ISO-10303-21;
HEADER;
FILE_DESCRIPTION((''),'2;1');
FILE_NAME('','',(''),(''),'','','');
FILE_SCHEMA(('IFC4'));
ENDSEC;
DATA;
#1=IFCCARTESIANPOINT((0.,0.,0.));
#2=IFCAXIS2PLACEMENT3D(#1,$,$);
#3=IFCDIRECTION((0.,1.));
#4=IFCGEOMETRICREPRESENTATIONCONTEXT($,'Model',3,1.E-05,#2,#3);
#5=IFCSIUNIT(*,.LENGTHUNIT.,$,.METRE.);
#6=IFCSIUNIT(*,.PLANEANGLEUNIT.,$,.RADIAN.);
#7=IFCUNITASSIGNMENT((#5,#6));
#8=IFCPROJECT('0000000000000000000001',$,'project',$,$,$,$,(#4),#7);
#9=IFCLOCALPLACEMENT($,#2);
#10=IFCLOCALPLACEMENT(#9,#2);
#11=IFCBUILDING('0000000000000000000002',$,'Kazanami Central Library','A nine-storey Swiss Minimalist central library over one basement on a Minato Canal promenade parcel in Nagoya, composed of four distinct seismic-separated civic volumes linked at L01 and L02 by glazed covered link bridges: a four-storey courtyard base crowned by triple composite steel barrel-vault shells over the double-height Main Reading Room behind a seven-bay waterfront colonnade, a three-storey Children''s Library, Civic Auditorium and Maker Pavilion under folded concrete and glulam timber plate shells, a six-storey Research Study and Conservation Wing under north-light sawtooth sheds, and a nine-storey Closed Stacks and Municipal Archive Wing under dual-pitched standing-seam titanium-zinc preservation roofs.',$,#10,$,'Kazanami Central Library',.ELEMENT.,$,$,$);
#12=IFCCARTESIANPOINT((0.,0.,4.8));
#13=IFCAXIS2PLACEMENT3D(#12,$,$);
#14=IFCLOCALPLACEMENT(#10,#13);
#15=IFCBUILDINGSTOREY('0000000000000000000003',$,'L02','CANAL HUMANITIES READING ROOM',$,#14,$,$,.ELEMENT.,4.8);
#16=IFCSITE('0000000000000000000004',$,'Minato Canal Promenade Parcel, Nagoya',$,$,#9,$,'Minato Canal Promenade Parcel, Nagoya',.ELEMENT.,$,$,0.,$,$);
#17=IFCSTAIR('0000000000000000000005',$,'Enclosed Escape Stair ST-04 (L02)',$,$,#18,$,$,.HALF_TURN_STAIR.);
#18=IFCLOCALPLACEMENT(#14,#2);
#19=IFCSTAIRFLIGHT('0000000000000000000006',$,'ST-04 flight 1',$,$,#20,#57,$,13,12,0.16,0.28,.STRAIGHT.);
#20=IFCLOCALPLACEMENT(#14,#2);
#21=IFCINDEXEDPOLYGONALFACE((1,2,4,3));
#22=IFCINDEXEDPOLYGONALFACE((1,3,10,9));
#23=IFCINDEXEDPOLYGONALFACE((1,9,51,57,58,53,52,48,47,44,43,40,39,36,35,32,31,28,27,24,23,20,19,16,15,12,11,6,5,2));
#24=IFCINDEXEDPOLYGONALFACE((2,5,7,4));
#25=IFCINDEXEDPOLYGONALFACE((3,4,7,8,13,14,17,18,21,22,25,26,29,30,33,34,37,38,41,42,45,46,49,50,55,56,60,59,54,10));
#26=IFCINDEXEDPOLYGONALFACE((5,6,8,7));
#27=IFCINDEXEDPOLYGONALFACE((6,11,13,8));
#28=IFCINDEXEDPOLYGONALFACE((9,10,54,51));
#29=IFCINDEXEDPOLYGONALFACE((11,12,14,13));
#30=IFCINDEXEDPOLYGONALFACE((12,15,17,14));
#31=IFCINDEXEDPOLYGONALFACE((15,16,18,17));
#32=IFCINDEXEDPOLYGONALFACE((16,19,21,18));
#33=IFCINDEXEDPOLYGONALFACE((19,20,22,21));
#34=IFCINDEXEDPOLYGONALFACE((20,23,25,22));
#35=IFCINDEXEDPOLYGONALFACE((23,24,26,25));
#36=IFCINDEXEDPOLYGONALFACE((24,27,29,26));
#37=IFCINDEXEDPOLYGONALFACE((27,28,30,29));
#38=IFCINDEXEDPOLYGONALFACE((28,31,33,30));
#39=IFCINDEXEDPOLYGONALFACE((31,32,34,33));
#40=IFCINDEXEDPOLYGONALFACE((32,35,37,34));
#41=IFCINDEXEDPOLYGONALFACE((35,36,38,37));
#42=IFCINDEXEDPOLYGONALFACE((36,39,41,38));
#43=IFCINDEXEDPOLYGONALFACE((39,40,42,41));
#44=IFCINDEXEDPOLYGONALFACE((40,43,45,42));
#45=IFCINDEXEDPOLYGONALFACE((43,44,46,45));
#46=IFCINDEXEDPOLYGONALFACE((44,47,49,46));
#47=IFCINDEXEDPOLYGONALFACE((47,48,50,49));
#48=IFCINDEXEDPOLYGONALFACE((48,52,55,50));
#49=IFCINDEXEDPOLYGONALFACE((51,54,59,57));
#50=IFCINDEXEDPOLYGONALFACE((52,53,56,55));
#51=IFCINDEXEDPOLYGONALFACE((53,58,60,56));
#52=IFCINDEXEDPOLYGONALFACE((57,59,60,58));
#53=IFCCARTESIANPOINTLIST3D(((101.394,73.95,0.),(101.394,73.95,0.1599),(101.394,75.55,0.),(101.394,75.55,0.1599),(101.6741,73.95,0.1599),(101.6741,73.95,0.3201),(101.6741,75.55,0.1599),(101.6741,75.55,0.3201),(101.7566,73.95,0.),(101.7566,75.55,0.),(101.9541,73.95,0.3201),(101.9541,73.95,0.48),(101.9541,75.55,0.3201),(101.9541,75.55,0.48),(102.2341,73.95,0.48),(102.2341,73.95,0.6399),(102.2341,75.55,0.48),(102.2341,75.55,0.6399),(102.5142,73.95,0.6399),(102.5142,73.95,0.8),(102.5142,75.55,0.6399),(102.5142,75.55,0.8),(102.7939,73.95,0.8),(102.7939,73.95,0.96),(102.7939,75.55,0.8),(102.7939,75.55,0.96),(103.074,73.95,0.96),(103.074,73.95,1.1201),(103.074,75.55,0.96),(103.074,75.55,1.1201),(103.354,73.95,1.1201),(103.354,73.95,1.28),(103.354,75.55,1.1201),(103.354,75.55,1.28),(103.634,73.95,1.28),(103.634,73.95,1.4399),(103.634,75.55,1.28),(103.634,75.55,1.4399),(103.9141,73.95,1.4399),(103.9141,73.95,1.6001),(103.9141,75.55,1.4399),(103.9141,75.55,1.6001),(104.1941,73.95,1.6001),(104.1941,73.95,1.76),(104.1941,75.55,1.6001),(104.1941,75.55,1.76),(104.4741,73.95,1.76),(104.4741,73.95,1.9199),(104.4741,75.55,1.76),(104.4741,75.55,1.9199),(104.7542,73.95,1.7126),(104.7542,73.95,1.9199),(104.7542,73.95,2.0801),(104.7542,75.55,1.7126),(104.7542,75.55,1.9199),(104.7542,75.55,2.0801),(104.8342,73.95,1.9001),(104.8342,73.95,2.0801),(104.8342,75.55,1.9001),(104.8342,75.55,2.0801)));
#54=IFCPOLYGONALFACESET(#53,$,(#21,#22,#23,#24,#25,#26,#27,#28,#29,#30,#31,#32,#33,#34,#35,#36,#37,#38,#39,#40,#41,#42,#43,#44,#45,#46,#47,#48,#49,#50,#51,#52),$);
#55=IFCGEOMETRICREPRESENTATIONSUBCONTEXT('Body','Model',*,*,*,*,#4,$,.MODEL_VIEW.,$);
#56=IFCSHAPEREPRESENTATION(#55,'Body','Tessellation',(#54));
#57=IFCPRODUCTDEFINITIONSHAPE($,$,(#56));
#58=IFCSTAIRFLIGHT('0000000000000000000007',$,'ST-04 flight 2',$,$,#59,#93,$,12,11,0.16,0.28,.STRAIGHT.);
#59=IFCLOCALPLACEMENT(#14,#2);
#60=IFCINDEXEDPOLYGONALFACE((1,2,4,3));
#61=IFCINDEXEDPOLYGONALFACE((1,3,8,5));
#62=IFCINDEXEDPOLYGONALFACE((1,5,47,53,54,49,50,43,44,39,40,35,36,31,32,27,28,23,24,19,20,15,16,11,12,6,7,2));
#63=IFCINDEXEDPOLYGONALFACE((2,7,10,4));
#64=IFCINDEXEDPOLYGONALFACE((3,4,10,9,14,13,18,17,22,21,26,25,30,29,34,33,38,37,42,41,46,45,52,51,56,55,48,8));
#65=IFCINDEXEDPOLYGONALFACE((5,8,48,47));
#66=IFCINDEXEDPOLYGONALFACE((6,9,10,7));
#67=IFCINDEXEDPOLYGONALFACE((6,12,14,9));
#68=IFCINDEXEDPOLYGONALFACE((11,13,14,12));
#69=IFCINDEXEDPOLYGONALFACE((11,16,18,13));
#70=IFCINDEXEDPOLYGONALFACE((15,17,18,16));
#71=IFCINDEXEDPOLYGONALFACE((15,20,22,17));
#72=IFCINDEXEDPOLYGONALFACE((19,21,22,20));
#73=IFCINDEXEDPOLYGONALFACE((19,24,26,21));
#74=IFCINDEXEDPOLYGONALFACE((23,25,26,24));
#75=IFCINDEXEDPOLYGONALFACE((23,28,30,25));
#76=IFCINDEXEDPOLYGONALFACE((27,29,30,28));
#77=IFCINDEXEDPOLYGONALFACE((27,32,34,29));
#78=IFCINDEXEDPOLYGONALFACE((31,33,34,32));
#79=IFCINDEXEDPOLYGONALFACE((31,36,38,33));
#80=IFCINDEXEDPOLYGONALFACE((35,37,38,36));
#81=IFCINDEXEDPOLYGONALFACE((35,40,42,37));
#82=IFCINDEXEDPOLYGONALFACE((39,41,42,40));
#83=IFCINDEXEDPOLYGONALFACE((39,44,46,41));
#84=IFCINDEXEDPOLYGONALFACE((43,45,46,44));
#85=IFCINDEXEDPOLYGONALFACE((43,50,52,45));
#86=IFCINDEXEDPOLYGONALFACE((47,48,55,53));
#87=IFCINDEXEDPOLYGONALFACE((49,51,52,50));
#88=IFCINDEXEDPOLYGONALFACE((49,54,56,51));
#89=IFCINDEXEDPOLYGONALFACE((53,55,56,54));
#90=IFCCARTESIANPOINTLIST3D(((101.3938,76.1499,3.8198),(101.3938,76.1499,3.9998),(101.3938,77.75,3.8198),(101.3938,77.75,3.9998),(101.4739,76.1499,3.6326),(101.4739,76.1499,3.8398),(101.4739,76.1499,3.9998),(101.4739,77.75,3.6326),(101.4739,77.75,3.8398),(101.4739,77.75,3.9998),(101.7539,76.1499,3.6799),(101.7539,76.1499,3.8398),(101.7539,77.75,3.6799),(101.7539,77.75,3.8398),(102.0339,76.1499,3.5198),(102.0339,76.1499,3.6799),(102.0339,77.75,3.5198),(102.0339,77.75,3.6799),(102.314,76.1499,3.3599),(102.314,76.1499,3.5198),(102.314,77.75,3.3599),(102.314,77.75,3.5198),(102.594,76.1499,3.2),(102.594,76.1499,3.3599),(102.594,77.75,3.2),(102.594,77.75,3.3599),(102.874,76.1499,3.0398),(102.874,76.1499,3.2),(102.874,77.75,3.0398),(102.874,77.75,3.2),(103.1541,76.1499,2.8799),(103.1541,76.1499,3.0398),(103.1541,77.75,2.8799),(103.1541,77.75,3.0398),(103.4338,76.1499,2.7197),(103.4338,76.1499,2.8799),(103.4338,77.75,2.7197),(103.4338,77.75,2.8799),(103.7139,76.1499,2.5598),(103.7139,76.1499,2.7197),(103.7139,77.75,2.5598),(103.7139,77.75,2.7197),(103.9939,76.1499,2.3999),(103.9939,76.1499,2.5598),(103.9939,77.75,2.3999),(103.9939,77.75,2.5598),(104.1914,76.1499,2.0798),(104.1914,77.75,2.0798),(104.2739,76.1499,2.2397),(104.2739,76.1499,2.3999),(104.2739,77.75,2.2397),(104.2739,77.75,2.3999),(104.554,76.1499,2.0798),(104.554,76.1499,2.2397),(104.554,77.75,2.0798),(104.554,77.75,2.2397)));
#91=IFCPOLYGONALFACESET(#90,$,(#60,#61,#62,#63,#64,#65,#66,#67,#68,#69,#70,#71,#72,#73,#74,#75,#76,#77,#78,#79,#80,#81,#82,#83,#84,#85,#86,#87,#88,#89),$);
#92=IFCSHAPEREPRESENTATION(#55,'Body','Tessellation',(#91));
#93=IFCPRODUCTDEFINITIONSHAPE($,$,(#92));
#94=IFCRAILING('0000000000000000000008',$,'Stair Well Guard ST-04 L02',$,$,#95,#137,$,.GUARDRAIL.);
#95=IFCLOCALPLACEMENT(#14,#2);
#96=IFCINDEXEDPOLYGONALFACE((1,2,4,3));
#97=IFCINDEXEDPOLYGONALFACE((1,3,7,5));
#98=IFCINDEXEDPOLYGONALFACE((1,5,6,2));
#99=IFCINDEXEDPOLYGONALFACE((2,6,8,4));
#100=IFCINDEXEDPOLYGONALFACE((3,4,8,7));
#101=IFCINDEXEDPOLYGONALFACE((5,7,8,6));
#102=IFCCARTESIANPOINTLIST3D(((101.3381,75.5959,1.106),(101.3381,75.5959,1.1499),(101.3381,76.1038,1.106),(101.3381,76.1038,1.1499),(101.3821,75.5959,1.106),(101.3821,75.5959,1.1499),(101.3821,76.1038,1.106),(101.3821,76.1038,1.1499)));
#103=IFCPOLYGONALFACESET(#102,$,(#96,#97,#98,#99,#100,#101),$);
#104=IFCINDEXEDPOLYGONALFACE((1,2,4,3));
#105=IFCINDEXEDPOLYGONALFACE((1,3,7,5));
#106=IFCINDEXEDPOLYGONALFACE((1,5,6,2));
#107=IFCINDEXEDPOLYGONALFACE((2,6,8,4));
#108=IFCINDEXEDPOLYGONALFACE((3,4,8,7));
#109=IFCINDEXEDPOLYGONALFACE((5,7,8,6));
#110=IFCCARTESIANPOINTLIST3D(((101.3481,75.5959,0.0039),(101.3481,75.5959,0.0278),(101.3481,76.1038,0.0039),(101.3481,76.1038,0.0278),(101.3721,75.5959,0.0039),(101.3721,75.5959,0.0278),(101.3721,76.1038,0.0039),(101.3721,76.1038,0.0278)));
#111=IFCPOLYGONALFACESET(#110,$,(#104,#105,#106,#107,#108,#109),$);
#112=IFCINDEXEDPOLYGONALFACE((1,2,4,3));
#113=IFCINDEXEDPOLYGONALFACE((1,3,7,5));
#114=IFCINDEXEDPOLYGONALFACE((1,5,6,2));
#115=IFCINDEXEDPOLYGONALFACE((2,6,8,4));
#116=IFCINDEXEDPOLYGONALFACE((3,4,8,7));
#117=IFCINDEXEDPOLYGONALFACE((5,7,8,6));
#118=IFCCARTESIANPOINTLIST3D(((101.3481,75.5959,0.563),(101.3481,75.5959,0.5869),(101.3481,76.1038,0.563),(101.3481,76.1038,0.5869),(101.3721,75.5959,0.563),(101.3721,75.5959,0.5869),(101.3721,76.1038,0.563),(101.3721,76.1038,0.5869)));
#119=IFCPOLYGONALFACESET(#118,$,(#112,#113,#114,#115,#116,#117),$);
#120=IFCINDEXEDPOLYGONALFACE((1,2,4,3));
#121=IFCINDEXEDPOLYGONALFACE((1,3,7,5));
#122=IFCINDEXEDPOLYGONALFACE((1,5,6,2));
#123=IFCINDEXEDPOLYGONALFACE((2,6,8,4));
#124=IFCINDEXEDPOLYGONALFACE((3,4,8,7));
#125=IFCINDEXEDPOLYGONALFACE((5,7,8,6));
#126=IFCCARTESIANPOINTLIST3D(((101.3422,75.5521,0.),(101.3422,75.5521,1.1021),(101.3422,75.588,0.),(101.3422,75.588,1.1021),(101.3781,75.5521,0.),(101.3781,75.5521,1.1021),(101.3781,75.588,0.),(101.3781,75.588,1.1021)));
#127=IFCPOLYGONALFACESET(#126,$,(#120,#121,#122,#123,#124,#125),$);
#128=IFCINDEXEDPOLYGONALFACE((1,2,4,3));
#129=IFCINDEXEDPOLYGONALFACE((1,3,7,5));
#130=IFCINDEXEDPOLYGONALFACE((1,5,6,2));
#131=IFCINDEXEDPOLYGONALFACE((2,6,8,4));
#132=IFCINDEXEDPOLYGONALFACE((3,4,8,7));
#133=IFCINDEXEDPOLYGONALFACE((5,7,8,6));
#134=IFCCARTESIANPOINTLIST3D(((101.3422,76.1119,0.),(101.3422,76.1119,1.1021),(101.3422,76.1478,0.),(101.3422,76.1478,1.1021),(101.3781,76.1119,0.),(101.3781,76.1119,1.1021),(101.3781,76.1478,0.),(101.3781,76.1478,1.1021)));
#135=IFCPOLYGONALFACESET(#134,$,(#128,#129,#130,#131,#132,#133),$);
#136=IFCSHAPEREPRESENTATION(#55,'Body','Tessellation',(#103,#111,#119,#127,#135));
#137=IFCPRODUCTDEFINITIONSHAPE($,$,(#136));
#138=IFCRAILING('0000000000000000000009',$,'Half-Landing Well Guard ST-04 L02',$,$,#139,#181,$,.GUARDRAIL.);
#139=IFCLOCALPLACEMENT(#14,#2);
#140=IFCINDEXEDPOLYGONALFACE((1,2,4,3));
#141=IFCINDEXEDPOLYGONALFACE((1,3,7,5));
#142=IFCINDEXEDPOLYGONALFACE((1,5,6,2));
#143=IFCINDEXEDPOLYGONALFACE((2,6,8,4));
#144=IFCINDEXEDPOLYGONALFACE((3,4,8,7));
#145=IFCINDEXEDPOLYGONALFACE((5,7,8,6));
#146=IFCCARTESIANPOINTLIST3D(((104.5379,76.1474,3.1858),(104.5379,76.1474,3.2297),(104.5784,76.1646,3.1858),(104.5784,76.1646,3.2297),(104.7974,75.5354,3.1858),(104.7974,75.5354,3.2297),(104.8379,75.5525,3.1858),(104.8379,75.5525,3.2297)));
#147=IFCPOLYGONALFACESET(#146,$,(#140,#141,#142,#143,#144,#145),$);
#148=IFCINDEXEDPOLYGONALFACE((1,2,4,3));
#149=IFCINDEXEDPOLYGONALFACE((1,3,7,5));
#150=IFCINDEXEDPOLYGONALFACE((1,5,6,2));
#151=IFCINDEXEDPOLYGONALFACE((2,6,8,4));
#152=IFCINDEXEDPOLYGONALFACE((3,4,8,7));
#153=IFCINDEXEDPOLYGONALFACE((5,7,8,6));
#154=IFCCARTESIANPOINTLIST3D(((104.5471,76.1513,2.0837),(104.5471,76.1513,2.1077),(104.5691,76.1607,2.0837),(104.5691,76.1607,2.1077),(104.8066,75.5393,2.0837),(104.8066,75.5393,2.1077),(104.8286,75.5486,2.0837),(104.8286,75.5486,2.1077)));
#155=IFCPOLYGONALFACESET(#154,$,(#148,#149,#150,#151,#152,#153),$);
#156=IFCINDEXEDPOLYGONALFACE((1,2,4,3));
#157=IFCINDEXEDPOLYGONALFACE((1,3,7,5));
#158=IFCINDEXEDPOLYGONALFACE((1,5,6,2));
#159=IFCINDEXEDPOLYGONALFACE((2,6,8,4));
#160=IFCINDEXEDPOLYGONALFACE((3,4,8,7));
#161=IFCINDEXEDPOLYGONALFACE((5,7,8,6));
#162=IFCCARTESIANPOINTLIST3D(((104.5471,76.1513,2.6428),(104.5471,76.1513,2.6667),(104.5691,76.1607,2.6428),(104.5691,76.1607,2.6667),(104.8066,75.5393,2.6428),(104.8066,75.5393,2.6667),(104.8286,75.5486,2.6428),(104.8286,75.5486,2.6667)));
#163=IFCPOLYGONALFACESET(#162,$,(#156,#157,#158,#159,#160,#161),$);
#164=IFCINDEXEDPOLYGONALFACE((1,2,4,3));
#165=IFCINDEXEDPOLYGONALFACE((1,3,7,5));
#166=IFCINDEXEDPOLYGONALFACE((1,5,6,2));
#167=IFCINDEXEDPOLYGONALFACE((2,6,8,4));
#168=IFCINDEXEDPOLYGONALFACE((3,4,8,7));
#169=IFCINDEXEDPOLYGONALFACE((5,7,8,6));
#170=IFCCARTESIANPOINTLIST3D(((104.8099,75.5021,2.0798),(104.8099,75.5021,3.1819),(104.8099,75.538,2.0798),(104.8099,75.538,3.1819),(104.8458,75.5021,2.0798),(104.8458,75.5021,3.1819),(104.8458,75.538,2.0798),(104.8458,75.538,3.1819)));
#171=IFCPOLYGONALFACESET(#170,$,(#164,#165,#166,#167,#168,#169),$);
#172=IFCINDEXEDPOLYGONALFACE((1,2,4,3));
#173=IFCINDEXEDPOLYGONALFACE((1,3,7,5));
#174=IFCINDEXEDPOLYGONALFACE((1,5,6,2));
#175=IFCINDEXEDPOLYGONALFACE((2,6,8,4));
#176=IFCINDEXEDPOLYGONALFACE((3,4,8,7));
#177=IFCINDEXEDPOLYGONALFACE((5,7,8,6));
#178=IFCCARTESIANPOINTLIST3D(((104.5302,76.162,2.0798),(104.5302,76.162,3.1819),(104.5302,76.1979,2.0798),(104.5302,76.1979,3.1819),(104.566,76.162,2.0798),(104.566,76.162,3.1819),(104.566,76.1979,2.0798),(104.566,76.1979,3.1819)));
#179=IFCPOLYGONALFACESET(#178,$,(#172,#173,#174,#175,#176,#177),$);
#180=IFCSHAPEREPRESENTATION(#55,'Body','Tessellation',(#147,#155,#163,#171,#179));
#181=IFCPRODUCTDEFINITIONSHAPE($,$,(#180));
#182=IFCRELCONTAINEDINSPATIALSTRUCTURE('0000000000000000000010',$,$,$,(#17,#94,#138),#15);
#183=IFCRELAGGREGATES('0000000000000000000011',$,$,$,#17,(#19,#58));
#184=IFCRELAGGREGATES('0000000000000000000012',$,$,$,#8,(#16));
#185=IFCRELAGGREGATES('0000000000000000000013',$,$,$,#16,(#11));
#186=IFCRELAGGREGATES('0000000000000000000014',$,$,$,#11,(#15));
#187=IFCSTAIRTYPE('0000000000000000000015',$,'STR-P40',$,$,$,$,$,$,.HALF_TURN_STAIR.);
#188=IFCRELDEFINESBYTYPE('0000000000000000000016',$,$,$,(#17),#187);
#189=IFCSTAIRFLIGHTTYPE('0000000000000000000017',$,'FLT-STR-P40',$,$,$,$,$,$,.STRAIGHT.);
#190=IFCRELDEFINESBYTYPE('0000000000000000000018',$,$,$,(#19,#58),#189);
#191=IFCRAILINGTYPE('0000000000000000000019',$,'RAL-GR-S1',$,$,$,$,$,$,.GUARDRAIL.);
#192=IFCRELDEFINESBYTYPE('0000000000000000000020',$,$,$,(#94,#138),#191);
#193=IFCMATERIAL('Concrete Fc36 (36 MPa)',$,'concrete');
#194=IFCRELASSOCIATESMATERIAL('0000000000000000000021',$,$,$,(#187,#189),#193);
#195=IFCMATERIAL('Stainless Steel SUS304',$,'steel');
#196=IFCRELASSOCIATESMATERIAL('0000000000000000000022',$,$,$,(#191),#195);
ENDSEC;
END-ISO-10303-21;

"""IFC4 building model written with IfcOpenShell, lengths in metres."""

from ifc_helpers import new_model, si_unit, direction, frame, origin, origin_2d, place, context, subcontext, project, spatial, polyline, rectangle, outline, extrude, material, type_object, element, aggregate, save


model = new_model("IFC4")

# Units and contexts
model_context = context("Model", 3, precision=1e-05, world=origin(), true_north=direction((0.0, 1.0)))
body_context = subcontext(model_context, "Body", "Model", "MODEL_VIEW")
ifc_project = project(units=[si_unit("LENGTHUNIT", "METRE"), si_unit("PLANEANGLEUNIT", "RADIAN")], contexts=[model_context])

# Site, building, storey
site_placement = place(None, origin())
site = spatial("IfcSite", under=ifc_project, at=site_placement, Name="Minato Canal Promenade Parcel, Nagoya", LongName="Minato Canal Promenade Parcel, Nagoya", CompositionType="ELEMENT", RefElevation=0.0)
building_placement = place(site_placement, origin())
building = spatial("IfcBuilding", under=site, at=building_placement, Name="Kazanami Central Library", Description="A nine-storey Swiss Minimalist central library over one basement on a Minato Canal promenade parcel in Nagoya, composed of four distinct seismic-separated civic volumes linked at L01 and L02 by glazed covered link bridges: a four-storey courtyard base crowned by triple composite steel barrel-vault shells over the double-height Main Reading Room behind a seven-bay waterfront colonnade, a three-storey Children's Library, Civic Auditorium and Maker Pavilion under folded concrete and glulam timber plate shells, a six-storey Research Study and Conservation Wing under north-light sawtooth sheds, and a nine-storey Closed Stacks and Municipal Archive Wing under dual-pitched standing-seam titanium-zinc preservation roofs.", LongName="Kazanami Central Library", CompositionType="ELEMENT")
storey_placement = place(building_placement, frame((0.0, 0.0, 4.8)))
storey = spatial("IfcBuildingStorey", under=building, at=storey_placement, Name="L02", Description="CANAL HUMANITIES READING ROOM", CompositionType="ELEMENT", Elevation=4.8)

# Shared definitions
ifc_material_1 = material(Name="Concrete Fc36 (36 MPa)", Category="concrete")

# Shared definitions
ifc_material_2 = material(Name="Stainless Steel SUS304", Category="steel")

# Stair, stair flights
stair_type = type_object("IfcStairType", Name="STR-P40", PredefinedType="HALF_TURN_STAIR", material=ifc_material_1)
stair_placement = place(storey_placement, origin())
stair = element("IfcStair", 1, at=stair_placement, inside=storey, type_object=stair_type, Name="Enclosed Escape Stair ST-04 (L02)", PredefinedType="HALF_TURN_STAIR")
stair_flight_type = type_object("IfcStairFlightType", Name="FLT-STR-P40", PredefinedType="STRAIGHT", material=ifc_material_1)
stair_flight_1_placement = place(storey_placement, frame((101.394, 74.75, 0.0), z_axis=(0.0, 0.0, 1.0), x_axis=(1.0, 0.0, 0.0)))
stair_flight_1 = element("IfcStairFlight", 2, at=stair_flight_1_placement, type_object=stair_flight_type, Name="ST-04 flight 1", NumberOfRisers=13, NumberOfTreads=12, PredefinedType="STRAIGHT", RiserHeight=0.16, TreadLength=0.28, context=body_context, shape_type="SweptSolid", body=[
    extrude(outline(polyline([(0.0, 0.0), (0.0, 0.1599), (0.28, 0.1599), (0.28, 0.3201), (0.5601, 0.3201), (0.5601, 0.48), (0.8401, 0.48), (0.8401, 0.6399), (1.1201, 0.6399), (1.1201, 0.8), (1.3999, 0.8), (1.3999, 0.96), (1.6799, 0.96), (1.6799, 1.1201), (1.96, 1.1201), (1.96, 1.28), (2.24, 1.28), (2.24, 1.4399), (2.52, 1.4399), (2.52, 1.6001), (2.8, 1.6001), (2.8, 1.76), (3.0801, 1.76), (3.0801, 1.9199), (3.3601, 1.9199), (3.3601, 2.0801), (3.4402, 2.0801), (3.4402, 1.9001), (3.3601, 1.7126), (0.3625, 0.0), (0.0, 0.0)])), frame((0.0, 0.8, 0.0), z_axis=(0.0, -1.0, 0.0), x_axis=(1.0, 0.0, 0.0)), (0.0, 0.0, 1.0), 1.6001),
])
stair_flight_2_placement = place(storey_placement, frame((104.554, 76.95, 2.0798), z_axis=(0.0, 0.0, 1.0), x_axis=(-1.0, 0.0, 0.0)))
stair_flight_2 = element("IfcStairFlight", 3, at=stair_flight_2_placement, type_object=stair_flight_type, Name="ST-04 flight 2", NumberOfRisers=12, NumberOfTreads=11, PredefinedType="STRAIGHT", RiserHeight=0.16, TreadLength=0.28, context=body_context, shape_type="SweptSolid", body=[
    extrude(outline(polyline([(0.0, 0.0), (0.0, 0.1599), (0.28, 0.1599), (0.28, 0.3201), (0.5601, 0.3201), (0.5601, 0.48), (0.8401, 0.48), (0.8401, 0.6399), (1.1201, 0.6399), (1.1201, 0.8), (1.3999, 0.8), (1.3999, 0.96), (1.6799, 0.96), (1.6799, 1.1201), (1.96, 1.1201), (1.96, 1.28), (2.24, 1.28), (2.24, 1.4399), (2.52, 1.4399), (2.52, 1.6001), (2.8, 1.6001), (2.8, 1.76), (3.0801, 1.76), (3.0801, 1.9199), (3.1602, 1.9199), (3.1602, 1.74), (3.0801, 1.5527), (0.3625, 0.0), (0.0, 0.0)])), frame((0.0, 0.8, 0.0), z_axis=(0.0, -1.0, 0.0), x_axis=(1.0, 0.0, 0.0)), (0.0, 0.0, 1.0), 1.6001),
])
aggregate(stair, [stair_flight_1, stair_flight_2])

# Railings
railing_type_1 = type_object("IfcRailingType", Name="RAL-GR-S1", PredefinedType="GUARDRAIL", material=ifc_material_2)
railing_1_placement = place(storey_placement, frame((101.3601, 75.5701, 0.0)))
element("IfcRailing", 4, at=railing_1_placement, inside=storey, type_object=railing_type_1, Name="Stair Well Guard ST-04 L02", PredefinedType="GUARDRAIL", context=body_context, shape_type="SweptSolid", body=[
    extrude(rectangle(XDim=0.0439, YDim=0.0439, at=origin_2d()), frame((0.0, 0.0259, 1.1279), z_axis=(0.0, 1.0, 0.0), x_axis=(-1.0, 0.0, 0.0)), (0.0, 0.0, 1.0), 0.5078),
    extrude(rectangle(XDim=0.0239, YDim=0.0239, at=origin_2d()), frame((0.0, 0.0259, 0.0159), z_axis=(0.0, 1.0, 0.0), x_axis=(-1.0, 0.0, 0.0)), (0.0, 0.0, 1.0), 0.5078),
    extrude(rectangle(XDim=0.0239, YDim=0.0239, at=origin_2d()), frame((0.0, 0.0259, 0.575), z_axis=(0.0, 1.0, 0.0), x_axis=(-1.0, 0.0, 0.0)), (0.0, 0.0, 1.0), 0.5078),
    extrude(rectangle(XDim=0.0359, YDim=0.0359, at=origin_2d()), origin(), (0.0, 0.0, 1.0), 1.1021),
    extrude(rectangle(XDim=0.0359, YDim=0.0359, at=origin_2d()), frame((0.0, 0.5598, 0.0)), (0.0, 0.0, 1.0), 1.1021),
])
railing_2_placement = place(storey_placement, frame((104.8279, 75.52, 2.0798)))
element("IfcRailing", 5, at=railing_2_placement, inside=storey, type_object=railing_type_1, Name="Half-Landing Well Guard ST-04 L02", PredefinedType="GUARDRAIL", context=body_context, shape_type="SweptSolid", body=[
    extrude(rectangle(XDim=0.0439, YDim=0.0439, at=origin_2d()), frame((-0.0103, 0.0239, 1.1279), z_axis=(-0.39034, 0.920671, 0.0), x_axis=(-0.920671, -0.39034, 0.0)), (0.0, 0.0, 1.0), 0.6648),
    extrude(rectangle(XDim=0.0239, YDim=0.0239, at=origin_2d()), frame((-0.0103, 0.0239, 0.0159), z_axis=(-0.39034, 0.920671, 0.0), x_axis=(-0.920671, -0.39034, 0.0)), (0.0, 0.0, 1.0), 0.6648),
    extrude(rectangle(XDim=0.0239, YDim=0.0239, at=origin_2d()), frame((-0.0103, 0.0239, 0.575), z_axis=(-0.39034, 0.920671, 0.0), x_axis=(-0.920671, -0.39034, 0.0)), (0.0, 0.0, 1.0), 0.6648),
    extrude(rectangle(XDim=0.0359, YDim=0.0359, at=origin_2d()), origin(), (0.0, 0.0, 1.0), 1.1021),
    extrude(rectangle(XDim=0.0359, YDim=0.0359, at=origin_2d()), frame((-0.2798, 0.6599, 0.0)), (0.0, 0.0, 1.0), 1.1021),
])

save(model, "model.ifc")
